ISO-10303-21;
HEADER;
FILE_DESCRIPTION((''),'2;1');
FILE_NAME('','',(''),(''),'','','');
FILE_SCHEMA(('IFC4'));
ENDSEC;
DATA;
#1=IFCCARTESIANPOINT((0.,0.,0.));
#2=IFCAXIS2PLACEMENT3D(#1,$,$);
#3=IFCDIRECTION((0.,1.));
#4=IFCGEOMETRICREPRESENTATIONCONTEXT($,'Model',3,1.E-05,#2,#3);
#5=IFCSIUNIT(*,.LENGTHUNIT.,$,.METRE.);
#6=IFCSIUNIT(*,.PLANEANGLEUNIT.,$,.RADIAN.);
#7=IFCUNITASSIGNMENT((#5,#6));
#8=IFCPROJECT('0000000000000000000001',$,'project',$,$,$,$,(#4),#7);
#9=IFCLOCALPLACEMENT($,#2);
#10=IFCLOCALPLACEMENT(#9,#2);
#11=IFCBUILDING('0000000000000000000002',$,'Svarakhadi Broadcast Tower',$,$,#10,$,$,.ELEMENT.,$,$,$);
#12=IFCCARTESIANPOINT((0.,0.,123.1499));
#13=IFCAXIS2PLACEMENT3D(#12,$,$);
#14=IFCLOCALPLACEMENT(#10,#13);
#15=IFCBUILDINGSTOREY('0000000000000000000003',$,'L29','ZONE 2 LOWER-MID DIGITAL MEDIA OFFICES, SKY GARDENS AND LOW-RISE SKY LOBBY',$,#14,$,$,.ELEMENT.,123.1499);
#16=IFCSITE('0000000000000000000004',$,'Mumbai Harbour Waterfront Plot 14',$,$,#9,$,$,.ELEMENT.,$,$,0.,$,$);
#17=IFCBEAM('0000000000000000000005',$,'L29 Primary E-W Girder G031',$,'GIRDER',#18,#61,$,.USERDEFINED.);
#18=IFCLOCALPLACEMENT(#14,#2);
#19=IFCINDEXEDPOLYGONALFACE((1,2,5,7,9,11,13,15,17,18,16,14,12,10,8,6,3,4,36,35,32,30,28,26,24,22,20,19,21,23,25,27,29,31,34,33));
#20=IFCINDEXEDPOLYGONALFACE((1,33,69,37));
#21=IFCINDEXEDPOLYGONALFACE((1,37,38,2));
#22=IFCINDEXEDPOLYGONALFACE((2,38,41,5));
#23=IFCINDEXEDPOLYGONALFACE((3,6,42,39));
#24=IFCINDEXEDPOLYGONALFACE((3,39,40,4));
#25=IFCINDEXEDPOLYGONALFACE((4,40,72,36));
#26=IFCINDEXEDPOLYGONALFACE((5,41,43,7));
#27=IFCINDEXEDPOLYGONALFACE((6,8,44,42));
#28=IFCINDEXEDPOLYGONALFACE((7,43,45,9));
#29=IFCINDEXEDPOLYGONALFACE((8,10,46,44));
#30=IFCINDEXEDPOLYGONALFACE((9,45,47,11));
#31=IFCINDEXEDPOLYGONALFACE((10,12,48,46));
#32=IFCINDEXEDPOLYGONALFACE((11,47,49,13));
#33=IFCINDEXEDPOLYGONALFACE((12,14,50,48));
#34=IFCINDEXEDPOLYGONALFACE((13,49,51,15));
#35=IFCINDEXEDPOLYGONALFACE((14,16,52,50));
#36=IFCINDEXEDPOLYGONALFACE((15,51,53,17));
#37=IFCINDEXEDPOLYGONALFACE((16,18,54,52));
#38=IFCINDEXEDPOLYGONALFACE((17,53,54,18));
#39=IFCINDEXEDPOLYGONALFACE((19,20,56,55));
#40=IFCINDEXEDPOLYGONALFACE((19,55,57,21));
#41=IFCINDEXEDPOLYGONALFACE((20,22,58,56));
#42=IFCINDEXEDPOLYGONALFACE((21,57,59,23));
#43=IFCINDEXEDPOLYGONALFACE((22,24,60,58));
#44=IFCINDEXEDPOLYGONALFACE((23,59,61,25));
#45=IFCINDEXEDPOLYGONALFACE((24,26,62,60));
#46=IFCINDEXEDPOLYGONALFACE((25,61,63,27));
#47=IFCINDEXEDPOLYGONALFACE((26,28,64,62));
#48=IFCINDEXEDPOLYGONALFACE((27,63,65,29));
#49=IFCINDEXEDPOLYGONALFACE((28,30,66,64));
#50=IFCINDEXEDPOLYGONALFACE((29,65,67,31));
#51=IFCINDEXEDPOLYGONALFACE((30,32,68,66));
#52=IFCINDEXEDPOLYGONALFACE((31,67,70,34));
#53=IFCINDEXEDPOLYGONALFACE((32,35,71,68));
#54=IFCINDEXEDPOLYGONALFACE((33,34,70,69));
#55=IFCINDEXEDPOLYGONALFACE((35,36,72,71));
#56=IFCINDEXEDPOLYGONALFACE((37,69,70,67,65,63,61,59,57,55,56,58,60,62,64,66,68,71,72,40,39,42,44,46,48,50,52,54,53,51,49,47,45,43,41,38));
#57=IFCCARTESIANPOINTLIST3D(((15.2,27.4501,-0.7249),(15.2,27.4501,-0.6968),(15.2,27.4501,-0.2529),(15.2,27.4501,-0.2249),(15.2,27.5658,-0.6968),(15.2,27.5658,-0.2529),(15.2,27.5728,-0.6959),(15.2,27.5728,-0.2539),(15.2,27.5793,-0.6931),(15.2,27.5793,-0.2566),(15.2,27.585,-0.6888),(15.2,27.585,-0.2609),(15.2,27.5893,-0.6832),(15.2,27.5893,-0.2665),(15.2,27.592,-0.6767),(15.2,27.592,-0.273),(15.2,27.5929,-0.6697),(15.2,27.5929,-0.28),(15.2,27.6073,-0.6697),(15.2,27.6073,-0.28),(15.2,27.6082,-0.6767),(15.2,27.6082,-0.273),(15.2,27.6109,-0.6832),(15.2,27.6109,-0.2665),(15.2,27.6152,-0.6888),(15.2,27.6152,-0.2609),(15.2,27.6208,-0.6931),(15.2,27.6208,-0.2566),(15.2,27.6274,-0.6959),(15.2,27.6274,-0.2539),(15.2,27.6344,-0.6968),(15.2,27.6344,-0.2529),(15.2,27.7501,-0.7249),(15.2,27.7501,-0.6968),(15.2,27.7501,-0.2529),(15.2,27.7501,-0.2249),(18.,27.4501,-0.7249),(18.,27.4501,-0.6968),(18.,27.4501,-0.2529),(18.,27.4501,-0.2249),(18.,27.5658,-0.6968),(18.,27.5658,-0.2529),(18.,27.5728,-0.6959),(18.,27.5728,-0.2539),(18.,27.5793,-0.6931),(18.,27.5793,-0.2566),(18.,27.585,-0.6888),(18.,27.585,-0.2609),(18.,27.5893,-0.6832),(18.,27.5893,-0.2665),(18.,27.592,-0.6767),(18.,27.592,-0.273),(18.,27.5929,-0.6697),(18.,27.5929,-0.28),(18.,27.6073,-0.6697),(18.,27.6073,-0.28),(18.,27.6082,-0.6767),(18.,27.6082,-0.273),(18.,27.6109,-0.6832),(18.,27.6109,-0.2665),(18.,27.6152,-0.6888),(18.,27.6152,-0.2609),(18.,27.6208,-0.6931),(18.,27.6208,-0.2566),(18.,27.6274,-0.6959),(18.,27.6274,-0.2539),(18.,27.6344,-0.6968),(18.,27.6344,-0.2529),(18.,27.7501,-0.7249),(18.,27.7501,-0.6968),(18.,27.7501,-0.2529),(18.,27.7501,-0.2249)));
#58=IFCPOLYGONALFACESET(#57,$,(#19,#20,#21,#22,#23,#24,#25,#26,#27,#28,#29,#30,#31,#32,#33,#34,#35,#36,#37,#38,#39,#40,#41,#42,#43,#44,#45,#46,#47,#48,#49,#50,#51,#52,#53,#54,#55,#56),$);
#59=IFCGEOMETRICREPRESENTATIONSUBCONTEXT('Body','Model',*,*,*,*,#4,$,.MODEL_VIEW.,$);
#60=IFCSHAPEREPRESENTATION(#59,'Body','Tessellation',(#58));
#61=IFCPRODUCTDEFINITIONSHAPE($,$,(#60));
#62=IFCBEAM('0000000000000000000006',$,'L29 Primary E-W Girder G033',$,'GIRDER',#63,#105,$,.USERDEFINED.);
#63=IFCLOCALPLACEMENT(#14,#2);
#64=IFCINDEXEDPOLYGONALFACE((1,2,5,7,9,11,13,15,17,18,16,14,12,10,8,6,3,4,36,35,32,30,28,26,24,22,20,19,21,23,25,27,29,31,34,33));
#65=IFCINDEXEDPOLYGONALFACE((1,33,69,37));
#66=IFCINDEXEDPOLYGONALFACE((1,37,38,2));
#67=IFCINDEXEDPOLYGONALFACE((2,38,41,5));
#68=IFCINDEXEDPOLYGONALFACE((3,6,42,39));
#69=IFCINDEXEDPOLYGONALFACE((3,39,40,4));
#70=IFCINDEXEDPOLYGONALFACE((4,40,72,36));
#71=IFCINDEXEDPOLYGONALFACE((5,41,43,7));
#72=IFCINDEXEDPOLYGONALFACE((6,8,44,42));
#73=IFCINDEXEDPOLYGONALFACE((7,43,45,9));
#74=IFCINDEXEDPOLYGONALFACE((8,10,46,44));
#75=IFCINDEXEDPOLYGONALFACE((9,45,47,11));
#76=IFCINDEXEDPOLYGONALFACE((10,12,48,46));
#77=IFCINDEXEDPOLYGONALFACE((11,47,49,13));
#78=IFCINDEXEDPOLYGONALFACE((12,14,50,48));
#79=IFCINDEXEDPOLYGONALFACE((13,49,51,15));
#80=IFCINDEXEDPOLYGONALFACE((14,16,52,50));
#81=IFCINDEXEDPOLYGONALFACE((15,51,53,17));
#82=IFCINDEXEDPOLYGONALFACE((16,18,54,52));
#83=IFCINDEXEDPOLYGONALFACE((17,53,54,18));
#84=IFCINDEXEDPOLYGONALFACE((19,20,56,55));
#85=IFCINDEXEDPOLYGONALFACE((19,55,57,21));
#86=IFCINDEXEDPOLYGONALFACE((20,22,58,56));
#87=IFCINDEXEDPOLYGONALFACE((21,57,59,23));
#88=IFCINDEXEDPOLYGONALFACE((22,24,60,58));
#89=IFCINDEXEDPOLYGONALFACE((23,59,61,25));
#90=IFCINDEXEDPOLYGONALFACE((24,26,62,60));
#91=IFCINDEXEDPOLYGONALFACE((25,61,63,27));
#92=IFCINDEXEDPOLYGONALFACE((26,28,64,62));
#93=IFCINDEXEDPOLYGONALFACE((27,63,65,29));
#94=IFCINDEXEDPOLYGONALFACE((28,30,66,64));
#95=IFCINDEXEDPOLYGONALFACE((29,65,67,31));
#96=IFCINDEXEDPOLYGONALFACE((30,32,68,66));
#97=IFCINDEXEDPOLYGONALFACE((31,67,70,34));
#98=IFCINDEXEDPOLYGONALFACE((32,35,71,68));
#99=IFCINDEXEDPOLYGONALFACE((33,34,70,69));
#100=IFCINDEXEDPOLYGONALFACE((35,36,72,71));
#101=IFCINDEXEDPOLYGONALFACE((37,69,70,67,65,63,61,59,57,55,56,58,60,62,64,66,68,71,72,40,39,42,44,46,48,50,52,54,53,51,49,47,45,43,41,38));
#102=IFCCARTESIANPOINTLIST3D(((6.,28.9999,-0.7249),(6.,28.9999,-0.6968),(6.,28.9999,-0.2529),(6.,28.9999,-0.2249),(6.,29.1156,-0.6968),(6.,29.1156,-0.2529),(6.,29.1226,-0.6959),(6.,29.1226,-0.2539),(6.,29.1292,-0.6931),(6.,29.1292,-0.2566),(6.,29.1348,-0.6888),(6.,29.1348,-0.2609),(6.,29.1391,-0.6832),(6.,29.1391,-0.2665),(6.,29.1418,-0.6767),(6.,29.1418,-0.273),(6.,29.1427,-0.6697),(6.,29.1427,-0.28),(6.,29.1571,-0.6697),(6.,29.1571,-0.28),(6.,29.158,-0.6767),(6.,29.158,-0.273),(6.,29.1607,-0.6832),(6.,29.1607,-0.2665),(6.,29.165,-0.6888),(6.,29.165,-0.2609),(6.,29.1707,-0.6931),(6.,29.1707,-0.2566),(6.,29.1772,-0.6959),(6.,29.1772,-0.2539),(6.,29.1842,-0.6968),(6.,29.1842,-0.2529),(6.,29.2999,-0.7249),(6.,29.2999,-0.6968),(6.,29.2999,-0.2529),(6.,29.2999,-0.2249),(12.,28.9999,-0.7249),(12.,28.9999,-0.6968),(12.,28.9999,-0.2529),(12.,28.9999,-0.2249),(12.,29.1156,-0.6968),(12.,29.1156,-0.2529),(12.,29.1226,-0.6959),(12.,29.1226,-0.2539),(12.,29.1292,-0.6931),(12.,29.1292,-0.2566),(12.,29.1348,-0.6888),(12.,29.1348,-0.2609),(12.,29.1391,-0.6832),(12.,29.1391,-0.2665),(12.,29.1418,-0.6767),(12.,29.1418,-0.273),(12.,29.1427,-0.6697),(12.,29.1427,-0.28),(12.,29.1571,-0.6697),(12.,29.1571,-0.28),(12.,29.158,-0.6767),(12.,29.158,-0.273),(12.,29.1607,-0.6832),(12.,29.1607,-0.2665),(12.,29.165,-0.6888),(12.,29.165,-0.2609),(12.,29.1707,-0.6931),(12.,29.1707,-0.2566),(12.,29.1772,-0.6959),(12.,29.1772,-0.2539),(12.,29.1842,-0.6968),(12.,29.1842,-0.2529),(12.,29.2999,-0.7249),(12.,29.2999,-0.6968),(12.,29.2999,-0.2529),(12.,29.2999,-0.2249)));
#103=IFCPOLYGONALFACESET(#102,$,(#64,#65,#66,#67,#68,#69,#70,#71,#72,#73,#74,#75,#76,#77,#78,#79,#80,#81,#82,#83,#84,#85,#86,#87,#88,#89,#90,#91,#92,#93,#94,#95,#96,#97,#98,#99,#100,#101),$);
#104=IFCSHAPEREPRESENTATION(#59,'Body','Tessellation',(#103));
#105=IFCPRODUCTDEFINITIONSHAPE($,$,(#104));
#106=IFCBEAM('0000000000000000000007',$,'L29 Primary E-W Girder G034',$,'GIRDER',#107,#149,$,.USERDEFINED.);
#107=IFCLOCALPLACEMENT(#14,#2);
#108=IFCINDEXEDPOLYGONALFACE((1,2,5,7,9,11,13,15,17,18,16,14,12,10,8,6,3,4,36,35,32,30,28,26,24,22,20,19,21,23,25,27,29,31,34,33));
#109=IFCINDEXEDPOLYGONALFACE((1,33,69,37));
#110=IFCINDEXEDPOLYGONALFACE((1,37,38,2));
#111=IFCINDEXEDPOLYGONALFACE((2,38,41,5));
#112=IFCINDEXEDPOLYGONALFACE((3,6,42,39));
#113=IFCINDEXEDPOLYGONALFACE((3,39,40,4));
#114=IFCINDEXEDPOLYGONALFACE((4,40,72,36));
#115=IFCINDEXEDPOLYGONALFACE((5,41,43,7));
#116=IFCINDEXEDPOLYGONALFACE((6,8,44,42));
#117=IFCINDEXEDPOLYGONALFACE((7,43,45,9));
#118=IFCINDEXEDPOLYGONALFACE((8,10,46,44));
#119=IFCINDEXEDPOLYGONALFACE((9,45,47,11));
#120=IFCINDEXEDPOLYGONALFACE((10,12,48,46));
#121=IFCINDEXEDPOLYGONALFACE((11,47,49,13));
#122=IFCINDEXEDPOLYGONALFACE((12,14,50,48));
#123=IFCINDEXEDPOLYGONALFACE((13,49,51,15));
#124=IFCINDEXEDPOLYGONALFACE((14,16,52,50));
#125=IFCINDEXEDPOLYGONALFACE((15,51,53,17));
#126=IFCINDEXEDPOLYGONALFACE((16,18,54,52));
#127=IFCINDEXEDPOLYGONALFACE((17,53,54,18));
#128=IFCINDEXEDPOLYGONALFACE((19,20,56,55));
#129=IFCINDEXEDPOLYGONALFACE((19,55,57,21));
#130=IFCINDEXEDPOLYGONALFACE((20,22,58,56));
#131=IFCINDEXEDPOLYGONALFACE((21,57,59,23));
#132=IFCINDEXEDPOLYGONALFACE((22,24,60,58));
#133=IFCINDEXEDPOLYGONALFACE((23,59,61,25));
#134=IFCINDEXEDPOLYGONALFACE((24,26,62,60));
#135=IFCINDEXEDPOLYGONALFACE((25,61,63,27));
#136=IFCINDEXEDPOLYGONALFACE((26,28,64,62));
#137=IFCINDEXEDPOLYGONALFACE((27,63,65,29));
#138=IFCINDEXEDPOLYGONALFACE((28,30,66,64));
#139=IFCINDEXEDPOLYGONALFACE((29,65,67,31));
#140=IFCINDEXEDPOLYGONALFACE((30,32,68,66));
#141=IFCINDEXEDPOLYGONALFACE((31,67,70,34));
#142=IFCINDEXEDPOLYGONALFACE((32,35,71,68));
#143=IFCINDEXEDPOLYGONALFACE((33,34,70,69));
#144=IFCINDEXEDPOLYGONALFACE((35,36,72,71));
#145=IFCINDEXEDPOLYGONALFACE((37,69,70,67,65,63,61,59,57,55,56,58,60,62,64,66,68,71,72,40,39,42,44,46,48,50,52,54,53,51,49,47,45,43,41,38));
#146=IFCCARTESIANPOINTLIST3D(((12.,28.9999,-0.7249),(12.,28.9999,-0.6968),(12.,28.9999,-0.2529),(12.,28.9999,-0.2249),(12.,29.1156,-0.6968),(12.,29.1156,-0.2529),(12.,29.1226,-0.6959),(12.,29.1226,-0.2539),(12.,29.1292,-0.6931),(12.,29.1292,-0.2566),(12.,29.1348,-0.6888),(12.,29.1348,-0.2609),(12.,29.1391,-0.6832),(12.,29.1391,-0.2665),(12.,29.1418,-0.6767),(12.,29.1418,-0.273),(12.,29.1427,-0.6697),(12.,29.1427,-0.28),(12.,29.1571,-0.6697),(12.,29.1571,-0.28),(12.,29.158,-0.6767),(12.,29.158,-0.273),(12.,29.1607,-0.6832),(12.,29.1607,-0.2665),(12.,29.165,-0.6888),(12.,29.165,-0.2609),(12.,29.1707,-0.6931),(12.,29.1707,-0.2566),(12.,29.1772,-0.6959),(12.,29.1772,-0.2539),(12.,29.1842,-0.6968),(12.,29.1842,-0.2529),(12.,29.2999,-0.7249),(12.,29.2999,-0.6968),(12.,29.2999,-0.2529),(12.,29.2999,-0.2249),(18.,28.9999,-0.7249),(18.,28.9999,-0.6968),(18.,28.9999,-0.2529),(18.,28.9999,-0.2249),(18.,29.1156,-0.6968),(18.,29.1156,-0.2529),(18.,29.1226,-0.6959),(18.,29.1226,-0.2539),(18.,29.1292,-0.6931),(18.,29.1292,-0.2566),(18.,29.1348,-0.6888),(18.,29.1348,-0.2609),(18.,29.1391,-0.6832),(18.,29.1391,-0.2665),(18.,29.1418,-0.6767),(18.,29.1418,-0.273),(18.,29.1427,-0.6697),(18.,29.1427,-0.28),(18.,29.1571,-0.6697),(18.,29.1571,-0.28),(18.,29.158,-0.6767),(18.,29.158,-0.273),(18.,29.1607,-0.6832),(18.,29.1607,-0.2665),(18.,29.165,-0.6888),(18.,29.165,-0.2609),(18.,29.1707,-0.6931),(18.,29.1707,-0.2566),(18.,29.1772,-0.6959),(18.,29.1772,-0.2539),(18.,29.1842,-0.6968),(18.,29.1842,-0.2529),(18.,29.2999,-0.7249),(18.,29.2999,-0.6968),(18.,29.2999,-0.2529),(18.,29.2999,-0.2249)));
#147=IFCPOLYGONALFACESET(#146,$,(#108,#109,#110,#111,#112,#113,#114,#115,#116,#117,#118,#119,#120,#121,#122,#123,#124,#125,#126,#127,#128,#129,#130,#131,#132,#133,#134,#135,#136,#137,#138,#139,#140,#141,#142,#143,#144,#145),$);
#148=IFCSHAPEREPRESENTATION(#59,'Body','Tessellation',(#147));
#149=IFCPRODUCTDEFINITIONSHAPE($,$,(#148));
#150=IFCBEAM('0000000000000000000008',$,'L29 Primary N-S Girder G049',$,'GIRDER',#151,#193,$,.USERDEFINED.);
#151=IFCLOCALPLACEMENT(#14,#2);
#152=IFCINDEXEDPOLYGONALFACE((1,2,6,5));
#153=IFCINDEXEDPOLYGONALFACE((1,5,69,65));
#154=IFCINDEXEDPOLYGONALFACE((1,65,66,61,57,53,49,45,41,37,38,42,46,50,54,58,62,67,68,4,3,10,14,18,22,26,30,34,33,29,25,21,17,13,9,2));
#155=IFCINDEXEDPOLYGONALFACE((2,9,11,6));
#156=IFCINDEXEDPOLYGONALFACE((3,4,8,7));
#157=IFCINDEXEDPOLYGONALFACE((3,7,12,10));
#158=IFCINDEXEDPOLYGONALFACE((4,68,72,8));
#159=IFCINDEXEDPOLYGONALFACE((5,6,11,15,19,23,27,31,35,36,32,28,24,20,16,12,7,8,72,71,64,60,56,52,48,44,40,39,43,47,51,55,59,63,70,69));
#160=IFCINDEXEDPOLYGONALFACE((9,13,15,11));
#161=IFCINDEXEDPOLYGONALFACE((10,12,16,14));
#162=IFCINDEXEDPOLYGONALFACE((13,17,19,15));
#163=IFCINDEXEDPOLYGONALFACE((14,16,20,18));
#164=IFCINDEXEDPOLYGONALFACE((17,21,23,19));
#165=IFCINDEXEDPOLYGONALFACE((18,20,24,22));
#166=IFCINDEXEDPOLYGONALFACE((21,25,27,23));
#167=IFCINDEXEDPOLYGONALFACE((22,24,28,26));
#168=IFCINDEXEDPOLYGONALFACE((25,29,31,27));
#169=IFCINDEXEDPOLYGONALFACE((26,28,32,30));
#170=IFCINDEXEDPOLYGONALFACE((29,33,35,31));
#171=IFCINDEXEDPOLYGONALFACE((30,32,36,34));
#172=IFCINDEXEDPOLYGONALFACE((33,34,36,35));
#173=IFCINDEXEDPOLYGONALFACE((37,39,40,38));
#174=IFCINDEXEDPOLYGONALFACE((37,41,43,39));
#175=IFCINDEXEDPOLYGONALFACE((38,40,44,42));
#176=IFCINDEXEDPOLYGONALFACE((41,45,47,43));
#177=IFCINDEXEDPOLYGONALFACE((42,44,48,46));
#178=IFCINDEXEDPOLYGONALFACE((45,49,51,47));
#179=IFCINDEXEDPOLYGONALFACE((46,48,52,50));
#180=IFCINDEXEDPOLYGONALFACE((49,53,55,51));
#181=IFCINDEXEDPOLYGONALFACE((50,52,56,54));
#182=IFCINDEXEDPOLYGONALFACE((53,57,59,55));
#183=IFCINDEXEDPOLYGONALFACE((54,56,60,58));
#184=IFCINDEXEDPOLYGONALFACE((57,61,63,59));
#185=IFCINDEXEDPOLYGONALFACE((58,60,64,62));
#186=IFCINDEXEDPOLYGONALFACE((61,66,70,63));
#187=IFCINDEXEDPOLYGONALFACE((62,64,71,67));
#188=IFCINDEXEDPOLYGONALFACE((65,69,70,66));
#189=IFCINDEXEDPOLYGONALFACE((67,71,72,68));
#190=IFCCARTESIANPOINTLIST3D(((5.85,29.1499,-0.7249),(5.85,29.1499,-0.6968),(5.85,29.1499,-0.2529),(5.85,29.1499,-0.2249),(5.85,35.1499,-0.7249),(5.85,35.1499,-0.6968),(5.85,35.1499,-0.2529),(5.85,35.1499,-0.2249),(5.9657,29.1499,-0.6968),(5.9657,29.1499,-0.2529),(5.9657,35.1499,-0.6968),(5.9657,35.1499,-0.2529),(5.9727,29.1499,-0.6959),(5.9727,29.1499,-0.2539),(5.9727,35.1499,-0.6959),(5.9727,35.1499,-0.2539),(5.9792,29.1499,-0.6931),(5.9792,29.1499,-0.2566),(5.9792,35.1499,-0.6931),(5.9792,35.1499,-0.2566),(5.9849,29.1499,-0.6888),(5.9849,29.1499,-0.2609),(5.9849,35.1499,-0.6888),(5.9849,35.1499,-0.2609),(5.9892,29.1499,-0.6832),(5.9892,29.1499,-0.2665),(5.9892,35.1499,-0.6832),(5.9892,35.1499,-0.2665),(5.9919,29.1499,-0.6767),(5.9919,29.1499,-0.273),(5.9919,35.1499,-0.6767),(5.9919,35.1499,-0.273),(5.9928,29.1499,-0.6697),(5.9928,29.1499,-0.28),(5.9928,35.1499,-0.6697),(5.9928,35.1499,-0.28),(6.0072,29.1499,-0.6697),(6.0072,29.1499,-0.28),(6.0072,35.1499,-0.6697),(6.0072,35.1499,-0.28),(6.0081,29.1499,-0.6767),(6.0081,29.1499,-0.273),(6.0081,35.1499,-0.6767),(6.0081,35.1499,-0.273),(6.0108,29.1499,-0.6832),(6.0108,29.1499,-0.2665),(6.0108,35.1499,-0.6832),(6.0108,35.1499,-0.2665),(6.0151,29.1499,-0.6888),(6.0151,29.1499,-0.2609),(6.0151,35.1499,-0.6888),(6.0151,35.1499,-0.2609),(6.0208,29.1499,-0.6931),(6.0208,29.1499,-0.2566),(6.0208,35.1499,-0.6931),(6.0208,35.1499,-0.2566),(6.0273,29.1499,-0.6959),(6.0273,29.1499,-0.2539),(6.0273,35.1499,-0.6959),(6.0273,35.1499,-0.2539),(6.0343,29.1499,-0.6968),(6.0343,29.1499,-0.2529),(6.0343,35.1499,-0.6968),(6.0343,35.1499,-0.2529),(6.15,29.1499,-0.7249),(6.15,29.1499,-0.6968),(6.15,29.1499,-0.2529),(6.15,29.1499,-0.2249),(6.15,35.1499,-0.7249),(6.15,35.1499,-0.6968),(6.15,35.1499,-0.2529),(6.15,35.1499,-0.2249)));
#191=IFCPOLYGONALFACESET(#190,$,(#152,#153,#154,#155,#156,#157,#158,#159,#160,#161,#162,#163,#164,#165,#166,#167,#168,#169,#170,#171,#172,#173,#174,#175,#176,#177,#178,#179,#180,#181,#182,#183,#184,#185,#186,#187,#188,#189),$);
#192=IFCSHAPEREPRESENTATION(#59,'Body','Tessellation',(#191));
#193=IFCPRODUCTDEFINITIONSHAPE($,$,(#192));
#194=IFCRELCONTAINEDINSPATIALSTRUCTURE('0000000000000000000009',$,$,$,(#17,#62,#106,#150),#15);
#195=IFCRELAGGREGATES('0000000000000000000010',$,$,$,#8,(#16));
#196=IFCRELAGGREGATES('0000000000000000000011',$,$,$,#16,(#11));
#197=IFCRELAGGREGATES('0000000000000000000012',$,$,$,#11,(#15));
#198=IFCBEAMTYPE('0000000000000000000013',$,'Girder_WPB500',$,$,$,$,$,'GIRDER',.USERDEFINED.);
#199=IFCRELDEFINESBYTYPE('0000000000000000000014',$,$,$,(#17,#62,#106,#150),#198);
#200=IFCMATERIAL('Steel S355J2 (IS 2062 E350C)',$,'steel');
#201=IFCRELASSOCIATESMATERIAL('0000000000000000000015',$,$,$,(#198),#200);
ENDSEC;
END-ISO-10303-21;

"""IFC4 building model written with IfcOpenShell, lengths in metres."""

from ifc_helpers import new_model, si_unit, direction, frame, origin, origin_2d, place, context, subcontext, project, spatial, i_section, extrude, material, material_profile, profile_set, type_object, element, save


model = new_model("IFC4")

# Units and contexts
model_context = context("Model", 3, precision=1e-05, world=origin(), true_north=direction((0.0, 1.0)))
body_context = subcontext(model_context, "Body", "Model", "MODEL_VIEW")
ifc_project = project(units=[si_unit("LENGTHUNIT", "METRE"), si_unit("PLANEANGLEUNIT", "RADIAN")], contexts=[model_context])

# Site, building, storey
site_placement = place(None, origin())
site = spatial("IfcSite", under=ifc_project, at=site_placement, Name="Mumbai Harbour Waterfront Plot 14", CompositionType="ELEMENT", RefElevation=0.0)
building_placement = place(site_placement, origin())
building = spatial("IfcBuilding", under=site, at=building_placement, Name="Svarakhadi Broadcast Tower", CompositionType="ELEMENT")
storey_placement = place(building_placement, frame((0.0, 0.0, 123.1499)))
storey = spatial("IfcBuildingStorey", under=building, at=storey_placement, Name="L29", Description="ZONE 2 LOWER-MID DIGITAL MEDIA OFFICES, SKY GARDENS AND LOW-RISE SKY LOBBY", CompositionType="ELEMENT", Elevation=123.1499)

# Beams
ifc_material_1 = material(Name="Steel S355J2 (IS 2062 E350C)", Category="steel")
ifc_material_profile_1 = material_profile(ifc_material_1, i_section(OverallWidth=0.3, OverallDepth=0.5, WebThickness=0.0144, FlangeThickness=0.0281, FilletRadius=0.0271, at=origin_2d()), Name="WPB 500x300x187")
ifc_profile_set_1 = profile_set([ifc_material_profile_1], Name="Steel S355J2 (IS 2062 E350C)")
beam_type_1 = type_object("IfcBeamType", Name="Girder_WPB500", ElementType="GIRDER", PredefinedType="USERDEFINED", material=ifc_profile_set_1)
beam_1_placement = place(storey_placement, frame((15.2, 27.6001, -0.4749), z_axis=(1.0, 0.0, 0.0), x_axis=(0.0, 1.0, 0.0)))
element("IfcBeam", 1, at=beam_1_placement, inside=storey, type_object=beam_type_1, Name="L29 Primary E-W Girder G031", ObjectType="GIRDER", PredefinedType="USERDEFINED", context=body_context, shape_type="SweptSolid", body=[
    extrude(i_section(OverallWidth=0.3, OverallDepth=0.5, WebThickness=0.0144, FlangeThickness=0.0281, FilletRadius=0.0271, at=origin_2d()), origin(), (0.0, 0.0, 1.0), 2.8),
])
for number, where, z_axis, x_axis, name in (
    (2, (6.0, 29.1499, -0.4749), (1.0, 0.0, 0.0), (0.0, 1.0, 0.0), "L29 Primary E-W Girder G033"),
    (3, (12.0, 29.1499, -0.4749), (1.0, 0.0, 0.0), (0.0, 1.0, 0.0), "L29 Primary E-W Girder G034"),
    (4, (6.0, 29.1499, -0.4749), (0.0, 1.0, 0.0), (-1.0, 0.0, 0.0), "L29 Primary N-S Girder G049"),
):
    element("IfcBeam", number, at=place(storey_placement, frame(where, z_axis=z_axis, x_axis=x_axis)), inside=storey, type_object=beam_type_1, Name=name, ObjectType="GIRDER", PredefinedType="USERDEFINED", context=body_context, shape_type="SweptSolid", body=[
        extrude(i_section(OverallWidth=0.3, OverallDepth=0.5, WebThickness=0.0144, FlangeThickness=0.0281, FilletRadius=0.0271, at=origin_2d()), origin(), (0.0, 0.0, 1.0), 6.0),
    ])

save(model, "model.ifc")
